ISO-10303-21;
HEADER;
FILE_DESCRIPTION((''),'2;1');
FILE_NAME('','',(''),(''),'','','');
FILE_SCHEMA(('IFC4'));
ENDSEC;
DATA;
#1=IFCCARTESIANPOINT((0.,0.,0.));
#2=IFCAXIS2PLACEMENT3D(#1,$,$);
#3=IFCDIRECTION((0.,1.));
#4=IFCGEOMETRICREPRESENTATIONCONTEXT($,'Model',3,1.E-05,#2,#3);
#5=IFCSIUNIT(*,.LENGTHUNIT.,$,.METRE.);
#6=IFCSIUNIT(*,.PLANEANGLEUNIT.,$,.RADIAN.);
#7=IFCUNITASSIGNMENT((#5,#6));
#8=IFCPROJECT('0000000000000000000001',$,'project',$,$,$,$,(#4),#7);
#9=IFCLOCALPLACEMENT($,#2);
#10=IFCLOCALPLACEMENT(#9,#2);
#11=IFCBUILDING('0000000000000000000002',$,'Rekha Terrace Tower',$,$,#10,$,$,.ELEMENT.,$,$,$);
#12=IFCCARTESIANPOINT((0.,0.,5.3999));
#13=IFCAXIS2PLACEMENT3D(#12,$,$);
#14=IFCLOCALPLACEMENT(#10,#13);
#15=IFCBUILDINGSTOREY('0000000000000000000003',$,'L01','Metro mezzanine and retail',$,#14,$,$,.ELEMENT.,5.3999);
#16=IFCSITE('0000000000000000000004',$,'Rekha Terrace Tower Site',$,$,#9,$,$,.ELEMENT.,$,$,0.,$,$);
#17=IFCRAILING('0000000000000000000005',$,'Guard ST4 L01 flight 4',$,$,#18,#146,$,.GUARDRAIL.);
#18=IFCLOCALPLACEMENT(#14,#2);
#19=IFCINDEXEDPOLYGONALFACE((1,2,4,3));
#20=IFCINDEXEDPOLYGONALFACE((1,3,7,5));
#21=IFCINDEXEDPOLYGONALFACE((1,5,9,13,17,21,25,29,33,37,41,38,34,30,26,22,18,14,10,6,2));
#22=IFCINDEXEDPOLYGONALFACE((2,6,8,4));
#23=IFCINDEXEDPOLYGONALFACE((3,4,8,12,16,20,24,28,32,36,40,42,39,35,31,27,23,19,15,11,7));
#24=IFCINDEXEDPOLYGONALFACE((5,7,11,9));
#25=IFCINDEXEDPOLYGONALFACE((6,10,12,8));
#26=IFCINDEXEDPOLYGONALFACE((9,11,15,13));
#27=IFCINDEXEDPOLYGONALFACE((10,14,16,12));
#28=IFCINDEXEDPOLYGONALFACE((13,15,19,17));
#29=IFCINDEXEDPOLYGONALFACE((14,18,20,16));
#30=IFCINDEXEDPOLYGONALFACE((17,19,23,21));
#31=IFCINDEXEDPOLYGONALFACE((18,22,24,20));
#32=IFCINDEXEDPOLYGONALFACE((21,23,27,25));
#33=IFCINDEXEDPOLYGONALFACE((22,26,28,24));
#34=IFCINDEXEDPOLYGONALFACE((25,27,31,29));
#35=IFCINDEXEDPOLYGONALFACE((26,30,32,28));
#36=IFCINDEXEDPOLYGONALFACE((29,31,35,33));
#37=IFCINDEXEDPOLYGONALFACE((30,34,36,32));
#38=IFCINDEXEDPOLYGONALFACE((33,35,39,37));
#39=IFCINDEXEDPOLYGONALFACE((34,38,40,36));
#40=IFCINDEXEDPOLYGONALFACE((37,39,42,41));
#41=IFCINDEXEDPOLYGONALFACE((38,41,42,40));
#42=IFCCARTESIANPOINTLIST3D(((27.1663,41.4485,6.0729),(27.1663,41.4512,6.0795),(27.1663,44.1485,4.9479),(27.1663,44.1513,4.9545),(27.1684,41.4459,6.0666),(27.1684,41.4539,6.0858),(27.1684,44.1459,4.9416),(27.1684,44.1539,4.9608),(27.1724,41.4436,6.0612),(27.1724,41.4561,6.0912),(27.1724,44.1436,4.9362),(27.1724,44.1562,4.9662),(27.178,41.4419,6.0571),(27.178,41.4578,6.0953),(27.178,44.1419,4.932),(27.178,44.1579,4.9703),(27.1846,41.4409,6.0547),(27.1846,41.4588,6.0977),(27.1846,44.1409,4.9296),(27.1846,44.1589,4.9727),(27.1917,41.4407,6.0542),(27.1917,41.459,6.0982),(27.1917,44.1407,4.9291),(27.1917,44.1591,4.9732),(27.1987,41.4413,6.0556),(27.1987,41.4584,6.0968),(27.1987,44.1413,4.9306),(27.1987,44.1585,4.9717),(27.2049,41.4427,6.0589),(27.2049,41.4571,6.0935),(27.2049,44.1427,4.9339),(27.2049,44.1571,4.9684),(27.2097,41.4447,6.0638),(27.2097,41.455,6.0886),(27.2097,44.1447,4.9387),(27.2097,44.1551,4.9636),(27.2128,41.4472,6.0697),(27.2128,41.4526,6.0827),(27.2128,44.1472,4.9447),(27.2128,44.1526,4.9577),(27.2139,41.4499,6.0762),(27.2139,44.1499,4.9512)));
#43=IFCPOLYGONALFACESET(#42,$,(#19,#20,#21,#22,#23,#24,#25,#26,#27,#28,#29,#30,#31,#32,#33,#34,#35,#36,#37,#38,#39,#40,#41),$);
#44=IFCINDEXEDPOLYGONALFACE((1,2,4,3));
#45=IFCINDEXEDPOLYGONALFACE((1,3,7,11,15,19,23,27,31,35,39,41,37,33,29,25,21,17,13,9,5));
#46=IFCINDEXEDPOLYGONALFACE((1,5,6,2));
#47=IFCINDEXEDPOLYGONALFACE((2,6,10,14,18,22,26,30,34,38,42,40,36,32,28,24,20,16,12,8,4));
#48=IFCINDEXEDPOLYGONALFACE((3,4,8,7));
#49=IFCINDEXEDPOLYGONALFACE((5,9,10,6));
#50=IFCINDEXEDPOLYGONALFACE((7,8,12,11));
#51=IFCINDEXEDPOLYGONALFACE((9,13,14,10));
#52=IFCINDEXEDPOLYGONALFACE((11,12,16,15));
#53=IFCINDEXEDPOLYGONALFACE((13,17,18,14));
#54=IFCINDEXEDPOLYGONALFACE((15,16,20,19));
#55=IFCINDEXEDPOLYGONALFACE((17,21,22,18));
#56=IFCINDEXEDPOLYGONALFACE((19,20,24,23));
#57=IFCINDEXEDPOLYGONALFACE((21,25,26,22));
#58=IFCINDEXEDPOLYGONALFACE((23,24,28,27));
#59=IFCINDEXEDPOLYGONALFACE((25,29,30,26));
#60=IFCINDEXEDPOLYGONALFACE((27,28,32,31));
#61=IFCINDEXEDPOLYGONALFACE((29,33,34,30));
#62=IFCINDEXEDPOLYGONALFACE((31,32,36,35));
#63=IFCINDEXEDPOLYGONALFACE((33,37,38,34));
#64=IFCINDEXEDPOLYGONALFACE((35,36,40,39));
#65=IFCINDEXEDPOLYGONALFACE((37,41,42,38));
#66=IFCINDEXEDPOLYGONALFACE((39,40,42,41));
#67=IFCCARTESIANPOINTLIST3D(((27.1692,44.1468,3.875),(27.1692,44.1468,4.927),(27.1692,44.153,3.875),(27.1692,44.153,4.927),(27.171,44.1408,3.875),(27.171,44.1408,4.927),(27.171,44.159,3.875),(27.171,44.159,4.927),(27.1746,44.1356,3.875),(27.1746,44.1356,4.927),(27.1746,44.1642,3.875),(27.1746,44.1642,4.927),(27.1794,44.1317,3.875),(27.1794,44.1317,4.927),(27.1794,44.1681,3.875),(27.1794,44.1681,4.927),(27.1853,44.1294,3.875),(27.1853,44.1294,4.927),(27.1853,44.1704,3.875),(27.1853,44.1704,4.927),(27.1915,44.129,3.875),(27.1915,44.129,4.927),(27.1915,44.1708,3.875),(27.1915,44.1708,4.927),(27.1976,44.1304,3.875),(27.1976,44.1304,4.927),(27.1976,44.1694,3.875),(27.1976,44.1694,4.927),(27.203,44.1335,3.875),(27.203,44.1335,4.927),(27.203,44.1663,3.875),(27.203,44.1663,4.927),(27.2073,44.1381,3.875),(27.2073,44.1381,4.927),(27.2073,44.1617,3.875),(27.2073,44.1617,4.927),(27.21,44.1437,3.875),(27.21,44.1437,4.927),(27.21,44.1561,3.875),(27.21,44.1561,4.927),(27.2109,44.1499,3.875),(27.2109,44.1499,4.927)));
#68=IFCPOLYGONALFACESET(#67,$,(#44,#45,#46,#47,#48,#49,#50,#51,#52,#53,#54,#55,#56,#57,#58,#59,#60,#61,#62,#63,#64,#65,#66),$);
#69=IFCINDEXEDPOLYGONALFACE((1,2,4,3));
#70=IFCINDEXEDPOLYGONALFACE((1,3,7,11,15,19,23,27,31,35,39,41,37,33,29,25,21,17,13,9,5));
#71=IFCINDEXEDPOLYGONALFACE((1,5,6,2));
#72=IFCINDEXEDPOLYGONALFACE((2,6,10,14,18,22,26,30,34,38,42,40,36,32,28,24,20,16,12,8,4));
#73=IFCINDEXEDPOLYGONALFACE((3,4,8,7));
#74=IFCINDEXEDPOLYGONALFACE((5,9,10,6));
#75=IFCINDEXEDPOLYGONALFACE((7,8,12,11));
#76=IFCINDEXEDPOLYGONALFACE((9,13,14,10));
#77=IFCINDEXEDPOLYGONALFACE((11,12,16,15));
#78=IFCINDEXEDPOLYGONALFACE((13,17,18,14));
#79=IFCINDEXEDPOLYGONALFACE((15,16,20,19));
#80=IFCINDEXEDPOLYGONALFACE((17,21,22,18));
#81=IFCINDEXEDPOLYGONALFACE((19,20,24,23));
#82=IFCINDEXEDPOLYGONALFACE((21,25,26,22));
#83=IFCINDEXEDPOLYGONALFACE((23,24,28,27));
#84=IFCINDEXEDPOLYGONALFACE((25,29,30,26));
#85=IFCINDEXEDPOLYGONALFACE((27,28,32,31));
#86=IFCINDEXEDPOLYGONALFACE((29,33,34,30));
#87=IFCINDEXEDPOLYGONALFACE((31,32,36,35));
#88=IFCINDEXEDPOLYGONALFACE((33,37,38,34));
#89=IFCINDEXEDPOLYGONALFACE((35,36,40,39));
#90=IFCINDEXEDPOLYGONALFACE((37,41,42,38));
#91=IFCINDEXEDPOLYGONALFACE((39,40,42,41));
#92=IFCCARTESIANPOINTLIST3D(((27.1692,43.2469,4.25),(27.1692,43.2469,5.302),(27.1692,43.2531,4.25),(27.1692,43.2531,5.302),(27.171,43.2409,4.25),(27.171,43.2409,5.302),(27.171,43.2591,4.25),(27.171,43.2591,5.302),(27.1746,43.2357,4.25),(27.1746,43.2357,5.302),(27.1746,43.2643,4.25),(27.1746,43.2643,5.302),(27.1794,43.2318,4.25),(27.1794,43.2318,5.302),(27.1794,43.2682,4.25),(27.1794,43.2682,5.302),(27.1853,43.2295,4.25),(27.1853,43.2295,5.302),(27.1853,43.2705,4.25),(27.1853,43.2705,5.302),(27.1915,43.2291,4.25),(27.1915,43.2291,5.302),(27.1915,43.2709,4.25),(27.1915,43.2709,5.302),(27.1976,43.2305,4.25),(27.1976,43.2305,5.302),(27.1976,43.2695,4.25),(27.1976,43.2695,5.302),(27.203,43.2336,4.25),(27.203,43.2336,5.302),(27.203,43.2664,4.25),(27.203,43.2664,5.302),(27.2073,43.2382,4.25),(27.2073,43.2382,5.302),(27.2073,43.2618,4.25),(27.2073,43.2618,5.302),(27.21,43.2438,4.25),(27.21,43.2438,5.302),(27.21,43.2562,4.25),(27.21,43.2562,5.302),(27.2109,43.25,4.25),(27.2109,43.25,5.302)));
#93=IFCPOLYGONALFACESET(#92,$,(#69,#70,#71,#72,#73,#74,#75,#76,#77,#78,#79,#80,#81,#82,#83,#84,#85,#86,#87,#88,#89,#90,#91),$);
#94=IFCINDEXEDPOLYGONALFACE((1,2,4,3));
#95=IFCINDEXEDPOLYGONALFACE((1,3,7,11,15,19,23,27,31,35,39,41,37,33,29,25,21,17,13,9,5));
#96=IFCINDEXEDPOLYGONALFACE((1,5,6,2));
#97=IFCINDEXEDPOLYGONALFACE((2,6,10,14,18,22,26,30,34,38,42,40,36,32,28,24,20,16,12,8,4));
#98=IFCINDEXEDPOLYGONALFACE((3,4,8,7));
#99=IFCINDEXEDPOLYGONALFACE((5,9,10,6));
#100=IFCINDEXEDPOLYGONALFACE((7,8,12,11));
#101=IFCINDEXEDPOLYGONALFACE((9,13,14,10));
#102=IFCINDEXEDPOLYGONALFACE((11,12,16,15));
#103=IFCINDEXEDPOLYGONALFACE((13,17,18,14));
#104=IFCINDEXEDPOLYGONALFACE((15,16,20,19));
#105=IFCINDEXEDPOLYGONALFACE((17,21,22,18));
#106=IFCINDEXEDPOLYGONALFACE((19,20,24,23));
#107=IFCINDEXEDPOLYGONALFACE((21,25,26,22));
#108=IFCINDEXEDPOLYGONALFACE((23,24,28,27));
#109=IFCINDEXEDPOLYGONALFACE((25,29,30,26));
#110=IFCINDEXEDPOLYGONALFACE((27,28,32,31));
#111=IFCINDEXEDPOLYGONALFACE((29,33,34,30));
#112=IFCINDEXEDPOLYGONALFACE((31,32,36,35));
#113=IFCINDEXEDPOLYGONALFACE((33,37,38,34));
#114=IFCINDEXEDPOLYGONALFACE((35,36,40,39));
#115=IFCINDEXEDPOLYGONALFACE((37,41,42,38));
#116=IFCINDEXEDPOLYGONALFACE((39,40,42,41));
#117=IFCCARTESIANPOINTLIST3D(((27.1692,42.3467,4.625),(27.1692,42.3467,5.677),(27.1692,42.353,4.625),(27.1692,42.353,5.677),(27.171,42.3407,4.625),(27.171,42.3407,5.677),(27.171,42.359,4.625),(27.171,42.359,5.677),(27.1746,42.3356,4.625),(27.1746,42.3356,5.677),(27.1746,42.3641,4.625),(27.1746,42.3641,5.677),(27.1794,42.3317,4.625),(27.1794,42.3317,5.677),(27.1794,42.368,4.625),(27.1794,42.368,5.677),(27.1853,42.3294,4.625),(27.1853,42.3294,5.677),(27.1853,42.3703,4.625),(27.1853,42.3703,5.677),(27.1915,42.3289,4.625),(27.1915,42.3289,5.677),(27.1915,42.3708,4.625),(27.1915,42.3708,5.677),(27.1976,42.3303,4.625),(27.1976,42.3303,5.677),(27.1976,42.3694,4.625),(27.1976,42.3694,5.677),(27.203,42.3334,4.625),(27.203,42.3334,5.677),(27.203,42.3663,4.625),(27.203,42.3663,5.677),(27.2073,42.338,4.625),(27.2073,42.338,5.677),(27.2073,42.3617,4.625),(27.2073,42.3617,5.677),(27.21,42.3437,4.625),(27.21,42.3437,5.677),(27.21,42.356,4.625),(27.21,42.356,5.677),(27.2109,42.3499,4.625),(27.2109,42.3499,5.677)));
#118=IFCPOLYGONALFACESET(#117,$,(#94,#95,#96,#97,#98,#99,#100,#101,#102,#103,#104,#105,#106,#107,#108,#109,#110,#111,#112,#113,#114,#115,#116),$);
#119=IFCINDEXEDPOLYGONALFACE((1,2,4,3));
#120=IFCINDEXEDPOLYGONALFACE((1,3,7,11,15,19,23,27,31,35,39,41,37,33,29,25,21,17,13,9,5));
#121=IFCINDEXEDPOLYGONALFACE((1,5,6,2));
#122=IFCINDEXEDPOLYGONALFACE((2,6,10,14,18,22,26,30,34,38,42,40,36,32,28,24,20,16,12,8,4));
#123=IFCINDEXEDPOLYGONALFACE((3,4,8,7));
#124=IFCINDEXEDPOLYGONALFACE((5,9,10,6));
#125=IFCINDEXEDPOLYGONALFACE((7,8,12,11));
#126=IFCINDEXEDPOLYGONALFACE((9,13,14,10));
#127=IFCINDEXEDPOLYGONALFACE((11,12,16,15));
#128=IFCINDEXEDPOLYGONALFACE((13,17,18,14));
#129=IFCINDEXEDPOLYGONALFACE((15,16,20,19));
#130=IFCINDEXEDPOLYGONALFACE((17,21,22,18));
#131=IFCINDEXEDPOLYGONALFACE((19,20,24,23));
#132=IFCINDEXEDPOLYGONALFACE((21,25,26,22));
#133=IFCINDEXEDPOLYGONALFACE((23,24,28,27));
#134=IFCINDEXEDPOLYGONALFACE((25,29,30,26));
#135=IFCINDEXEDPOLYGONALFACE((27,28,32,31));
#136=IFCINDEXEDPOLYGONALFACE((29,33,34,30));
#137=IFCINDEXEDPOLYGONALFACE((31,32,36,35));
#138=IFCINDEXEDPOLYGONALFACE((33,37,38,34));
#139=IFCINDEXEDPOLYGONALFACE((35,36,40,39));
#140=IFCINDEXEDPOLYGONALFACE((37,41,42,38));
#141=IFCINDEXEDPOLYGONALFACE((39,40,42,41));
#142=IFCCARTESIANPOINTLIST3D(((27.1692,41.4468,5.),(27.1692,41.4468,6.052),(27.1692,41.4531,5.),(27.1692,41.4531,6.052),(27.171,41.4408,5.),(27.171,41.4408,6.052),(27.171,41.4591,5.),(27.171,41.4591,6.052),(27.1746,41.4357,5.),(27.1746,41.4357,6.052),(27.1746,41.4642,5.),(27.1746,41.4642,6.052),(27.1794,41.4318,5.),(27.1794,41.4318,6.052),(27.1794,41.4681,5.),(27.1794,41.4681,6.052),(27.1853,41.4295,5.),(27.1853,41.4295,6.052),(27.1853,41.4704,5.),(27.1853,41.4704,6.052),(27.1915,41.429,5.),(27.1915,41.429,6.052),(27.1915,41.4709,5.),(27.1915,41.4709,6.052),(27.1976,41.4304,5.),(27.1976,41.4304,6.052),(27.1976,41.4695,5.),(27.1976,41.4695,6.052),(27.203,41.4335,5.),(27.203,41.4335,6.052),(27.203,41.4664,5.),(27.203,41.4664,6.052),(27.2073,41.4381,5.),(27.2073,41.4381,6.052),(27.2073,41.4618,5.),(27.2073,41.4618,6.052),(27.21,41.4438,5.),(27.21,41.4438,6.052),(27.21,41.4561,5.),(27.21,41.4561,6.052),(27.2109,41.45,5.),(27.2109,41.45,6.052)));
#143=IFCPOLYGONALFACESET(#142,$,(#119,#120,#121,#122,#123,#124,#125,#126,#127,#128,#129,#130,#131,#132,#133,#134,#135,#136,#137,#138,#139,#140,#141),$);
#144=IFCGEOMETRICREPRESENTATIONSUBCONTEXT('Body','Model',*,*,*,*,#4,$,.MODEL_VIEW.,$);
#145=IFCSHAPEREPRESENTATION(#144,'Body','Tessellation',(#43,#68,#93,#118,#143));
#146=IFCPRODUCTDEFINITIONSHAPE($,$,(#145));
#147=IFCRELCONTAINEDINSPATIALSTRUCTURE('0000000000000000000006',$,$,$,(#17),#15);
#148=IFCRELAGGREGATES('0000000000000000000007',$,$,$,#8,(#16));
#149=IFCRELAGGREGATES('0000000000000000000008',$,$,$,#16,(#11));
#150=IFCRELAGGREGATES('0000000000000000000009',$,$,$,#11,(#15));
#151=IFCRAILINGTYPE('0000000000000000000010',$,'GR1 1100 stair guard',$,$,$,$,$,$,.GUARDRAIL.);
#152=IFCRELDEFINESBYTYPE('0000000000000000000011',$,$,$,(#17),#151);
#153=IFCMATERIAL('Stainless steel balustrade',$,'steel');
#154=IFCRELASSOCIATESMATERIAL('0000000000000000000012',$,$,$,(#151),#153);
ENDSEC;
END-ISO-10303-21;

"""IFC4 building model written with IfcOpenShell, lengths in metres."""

from ifc_helpers import new_model, si_unit, direction, frame, origin, origin_2d, place, context, subcontext, project, spatial, circle, extrude, material, type_object, element, save


model = new_model("IFC4")

# Units and contexts
model_context = context("Model", 3, precision=1e-05, world=origin(), true_north=direction((0.0, 1.0)))
body_context = subcontext(model_context, "Body", "Model", "MODEL_VIEW")
ifc_project = project(units=[si_unit("LENGTHUNIT", "METRE"), si_unit("PLANEANGLEUNIT", "RADIAN")], contexts=[model_context])

# Site, building, storey
site_placement = place(None, origin())
site = spatial("IfcSite", under=ifc_project, at=site_placement, Name="Rekha Terrace Tower Site", CompositionType="ELEMENT", RefElevation=0.0)
building_placement = place(site_placement, origin())
building = spatial("IfcBuilding", under=site, at=building_placement, Name="Rekha Terrace Tower", CompositionType="ELEMENT")
storey_placement = place(building_placement, frame((0.0, 0.0, 5.3999)))
storey = spatial("IfcBuildingStorey", under=building, at=storey_placement, Name="L01", Description="Metro mezzanine and retail", CompositionType="ELEMENT", Elevation=5.3999)

# Railing
ifc_material_1 = material(Name="Stainless steel balustrade", Category="steel")
railing_type_1 = type_object("IfcRailingType", Name="GR1 1100 stair guard", PredefinedType="GUARDRAIL", material=ifc_material_1)
railing_1_placement = place(storey_placement, frame((27.1899, 44.1499, 3.875)))
element("IfcRailing", 1, at=railing_1_placement, inside=storey, type_object=railing_type_1, Name="Guard ST4 L01 flight 4", PredefinedType="GUARDRAIL", context=body_context, shape_type="SweptSolid", body=[
    extrude(circle(Radius=0.0239, at=origin_2d()), frame((0.0, 0.0, 1.0762), z_axis=(0.0, -0.923074, 0.384621), x_axis=(1.0, 0.0, 0.0)), (0.0, 0.0, 1.0), 2.925),
    extrude(circle(Radius=0.021, at=origin_2d()), origin(), (0.0, 0.0, 1.0), 1.052),
    extrude(circle(Radius=0.021, at=origin_2d()), frame((0.0, -0.8999, 0.375)), (0.0, 0.0, 1.0), 1.052),
    extrude(circle(Radius=0.021, at=origin_2d()), frame((0.0, -1.8, 0.75)), (0.0, 0.0, 1.0), 1.052),
    extrude(circle(Radius=0.021, at=origin_2d()), frame((0.0, -2.7, 1.125)), (0.0, 0.0, 1.0), 1.052),
])

save(model, "model.ifc")
